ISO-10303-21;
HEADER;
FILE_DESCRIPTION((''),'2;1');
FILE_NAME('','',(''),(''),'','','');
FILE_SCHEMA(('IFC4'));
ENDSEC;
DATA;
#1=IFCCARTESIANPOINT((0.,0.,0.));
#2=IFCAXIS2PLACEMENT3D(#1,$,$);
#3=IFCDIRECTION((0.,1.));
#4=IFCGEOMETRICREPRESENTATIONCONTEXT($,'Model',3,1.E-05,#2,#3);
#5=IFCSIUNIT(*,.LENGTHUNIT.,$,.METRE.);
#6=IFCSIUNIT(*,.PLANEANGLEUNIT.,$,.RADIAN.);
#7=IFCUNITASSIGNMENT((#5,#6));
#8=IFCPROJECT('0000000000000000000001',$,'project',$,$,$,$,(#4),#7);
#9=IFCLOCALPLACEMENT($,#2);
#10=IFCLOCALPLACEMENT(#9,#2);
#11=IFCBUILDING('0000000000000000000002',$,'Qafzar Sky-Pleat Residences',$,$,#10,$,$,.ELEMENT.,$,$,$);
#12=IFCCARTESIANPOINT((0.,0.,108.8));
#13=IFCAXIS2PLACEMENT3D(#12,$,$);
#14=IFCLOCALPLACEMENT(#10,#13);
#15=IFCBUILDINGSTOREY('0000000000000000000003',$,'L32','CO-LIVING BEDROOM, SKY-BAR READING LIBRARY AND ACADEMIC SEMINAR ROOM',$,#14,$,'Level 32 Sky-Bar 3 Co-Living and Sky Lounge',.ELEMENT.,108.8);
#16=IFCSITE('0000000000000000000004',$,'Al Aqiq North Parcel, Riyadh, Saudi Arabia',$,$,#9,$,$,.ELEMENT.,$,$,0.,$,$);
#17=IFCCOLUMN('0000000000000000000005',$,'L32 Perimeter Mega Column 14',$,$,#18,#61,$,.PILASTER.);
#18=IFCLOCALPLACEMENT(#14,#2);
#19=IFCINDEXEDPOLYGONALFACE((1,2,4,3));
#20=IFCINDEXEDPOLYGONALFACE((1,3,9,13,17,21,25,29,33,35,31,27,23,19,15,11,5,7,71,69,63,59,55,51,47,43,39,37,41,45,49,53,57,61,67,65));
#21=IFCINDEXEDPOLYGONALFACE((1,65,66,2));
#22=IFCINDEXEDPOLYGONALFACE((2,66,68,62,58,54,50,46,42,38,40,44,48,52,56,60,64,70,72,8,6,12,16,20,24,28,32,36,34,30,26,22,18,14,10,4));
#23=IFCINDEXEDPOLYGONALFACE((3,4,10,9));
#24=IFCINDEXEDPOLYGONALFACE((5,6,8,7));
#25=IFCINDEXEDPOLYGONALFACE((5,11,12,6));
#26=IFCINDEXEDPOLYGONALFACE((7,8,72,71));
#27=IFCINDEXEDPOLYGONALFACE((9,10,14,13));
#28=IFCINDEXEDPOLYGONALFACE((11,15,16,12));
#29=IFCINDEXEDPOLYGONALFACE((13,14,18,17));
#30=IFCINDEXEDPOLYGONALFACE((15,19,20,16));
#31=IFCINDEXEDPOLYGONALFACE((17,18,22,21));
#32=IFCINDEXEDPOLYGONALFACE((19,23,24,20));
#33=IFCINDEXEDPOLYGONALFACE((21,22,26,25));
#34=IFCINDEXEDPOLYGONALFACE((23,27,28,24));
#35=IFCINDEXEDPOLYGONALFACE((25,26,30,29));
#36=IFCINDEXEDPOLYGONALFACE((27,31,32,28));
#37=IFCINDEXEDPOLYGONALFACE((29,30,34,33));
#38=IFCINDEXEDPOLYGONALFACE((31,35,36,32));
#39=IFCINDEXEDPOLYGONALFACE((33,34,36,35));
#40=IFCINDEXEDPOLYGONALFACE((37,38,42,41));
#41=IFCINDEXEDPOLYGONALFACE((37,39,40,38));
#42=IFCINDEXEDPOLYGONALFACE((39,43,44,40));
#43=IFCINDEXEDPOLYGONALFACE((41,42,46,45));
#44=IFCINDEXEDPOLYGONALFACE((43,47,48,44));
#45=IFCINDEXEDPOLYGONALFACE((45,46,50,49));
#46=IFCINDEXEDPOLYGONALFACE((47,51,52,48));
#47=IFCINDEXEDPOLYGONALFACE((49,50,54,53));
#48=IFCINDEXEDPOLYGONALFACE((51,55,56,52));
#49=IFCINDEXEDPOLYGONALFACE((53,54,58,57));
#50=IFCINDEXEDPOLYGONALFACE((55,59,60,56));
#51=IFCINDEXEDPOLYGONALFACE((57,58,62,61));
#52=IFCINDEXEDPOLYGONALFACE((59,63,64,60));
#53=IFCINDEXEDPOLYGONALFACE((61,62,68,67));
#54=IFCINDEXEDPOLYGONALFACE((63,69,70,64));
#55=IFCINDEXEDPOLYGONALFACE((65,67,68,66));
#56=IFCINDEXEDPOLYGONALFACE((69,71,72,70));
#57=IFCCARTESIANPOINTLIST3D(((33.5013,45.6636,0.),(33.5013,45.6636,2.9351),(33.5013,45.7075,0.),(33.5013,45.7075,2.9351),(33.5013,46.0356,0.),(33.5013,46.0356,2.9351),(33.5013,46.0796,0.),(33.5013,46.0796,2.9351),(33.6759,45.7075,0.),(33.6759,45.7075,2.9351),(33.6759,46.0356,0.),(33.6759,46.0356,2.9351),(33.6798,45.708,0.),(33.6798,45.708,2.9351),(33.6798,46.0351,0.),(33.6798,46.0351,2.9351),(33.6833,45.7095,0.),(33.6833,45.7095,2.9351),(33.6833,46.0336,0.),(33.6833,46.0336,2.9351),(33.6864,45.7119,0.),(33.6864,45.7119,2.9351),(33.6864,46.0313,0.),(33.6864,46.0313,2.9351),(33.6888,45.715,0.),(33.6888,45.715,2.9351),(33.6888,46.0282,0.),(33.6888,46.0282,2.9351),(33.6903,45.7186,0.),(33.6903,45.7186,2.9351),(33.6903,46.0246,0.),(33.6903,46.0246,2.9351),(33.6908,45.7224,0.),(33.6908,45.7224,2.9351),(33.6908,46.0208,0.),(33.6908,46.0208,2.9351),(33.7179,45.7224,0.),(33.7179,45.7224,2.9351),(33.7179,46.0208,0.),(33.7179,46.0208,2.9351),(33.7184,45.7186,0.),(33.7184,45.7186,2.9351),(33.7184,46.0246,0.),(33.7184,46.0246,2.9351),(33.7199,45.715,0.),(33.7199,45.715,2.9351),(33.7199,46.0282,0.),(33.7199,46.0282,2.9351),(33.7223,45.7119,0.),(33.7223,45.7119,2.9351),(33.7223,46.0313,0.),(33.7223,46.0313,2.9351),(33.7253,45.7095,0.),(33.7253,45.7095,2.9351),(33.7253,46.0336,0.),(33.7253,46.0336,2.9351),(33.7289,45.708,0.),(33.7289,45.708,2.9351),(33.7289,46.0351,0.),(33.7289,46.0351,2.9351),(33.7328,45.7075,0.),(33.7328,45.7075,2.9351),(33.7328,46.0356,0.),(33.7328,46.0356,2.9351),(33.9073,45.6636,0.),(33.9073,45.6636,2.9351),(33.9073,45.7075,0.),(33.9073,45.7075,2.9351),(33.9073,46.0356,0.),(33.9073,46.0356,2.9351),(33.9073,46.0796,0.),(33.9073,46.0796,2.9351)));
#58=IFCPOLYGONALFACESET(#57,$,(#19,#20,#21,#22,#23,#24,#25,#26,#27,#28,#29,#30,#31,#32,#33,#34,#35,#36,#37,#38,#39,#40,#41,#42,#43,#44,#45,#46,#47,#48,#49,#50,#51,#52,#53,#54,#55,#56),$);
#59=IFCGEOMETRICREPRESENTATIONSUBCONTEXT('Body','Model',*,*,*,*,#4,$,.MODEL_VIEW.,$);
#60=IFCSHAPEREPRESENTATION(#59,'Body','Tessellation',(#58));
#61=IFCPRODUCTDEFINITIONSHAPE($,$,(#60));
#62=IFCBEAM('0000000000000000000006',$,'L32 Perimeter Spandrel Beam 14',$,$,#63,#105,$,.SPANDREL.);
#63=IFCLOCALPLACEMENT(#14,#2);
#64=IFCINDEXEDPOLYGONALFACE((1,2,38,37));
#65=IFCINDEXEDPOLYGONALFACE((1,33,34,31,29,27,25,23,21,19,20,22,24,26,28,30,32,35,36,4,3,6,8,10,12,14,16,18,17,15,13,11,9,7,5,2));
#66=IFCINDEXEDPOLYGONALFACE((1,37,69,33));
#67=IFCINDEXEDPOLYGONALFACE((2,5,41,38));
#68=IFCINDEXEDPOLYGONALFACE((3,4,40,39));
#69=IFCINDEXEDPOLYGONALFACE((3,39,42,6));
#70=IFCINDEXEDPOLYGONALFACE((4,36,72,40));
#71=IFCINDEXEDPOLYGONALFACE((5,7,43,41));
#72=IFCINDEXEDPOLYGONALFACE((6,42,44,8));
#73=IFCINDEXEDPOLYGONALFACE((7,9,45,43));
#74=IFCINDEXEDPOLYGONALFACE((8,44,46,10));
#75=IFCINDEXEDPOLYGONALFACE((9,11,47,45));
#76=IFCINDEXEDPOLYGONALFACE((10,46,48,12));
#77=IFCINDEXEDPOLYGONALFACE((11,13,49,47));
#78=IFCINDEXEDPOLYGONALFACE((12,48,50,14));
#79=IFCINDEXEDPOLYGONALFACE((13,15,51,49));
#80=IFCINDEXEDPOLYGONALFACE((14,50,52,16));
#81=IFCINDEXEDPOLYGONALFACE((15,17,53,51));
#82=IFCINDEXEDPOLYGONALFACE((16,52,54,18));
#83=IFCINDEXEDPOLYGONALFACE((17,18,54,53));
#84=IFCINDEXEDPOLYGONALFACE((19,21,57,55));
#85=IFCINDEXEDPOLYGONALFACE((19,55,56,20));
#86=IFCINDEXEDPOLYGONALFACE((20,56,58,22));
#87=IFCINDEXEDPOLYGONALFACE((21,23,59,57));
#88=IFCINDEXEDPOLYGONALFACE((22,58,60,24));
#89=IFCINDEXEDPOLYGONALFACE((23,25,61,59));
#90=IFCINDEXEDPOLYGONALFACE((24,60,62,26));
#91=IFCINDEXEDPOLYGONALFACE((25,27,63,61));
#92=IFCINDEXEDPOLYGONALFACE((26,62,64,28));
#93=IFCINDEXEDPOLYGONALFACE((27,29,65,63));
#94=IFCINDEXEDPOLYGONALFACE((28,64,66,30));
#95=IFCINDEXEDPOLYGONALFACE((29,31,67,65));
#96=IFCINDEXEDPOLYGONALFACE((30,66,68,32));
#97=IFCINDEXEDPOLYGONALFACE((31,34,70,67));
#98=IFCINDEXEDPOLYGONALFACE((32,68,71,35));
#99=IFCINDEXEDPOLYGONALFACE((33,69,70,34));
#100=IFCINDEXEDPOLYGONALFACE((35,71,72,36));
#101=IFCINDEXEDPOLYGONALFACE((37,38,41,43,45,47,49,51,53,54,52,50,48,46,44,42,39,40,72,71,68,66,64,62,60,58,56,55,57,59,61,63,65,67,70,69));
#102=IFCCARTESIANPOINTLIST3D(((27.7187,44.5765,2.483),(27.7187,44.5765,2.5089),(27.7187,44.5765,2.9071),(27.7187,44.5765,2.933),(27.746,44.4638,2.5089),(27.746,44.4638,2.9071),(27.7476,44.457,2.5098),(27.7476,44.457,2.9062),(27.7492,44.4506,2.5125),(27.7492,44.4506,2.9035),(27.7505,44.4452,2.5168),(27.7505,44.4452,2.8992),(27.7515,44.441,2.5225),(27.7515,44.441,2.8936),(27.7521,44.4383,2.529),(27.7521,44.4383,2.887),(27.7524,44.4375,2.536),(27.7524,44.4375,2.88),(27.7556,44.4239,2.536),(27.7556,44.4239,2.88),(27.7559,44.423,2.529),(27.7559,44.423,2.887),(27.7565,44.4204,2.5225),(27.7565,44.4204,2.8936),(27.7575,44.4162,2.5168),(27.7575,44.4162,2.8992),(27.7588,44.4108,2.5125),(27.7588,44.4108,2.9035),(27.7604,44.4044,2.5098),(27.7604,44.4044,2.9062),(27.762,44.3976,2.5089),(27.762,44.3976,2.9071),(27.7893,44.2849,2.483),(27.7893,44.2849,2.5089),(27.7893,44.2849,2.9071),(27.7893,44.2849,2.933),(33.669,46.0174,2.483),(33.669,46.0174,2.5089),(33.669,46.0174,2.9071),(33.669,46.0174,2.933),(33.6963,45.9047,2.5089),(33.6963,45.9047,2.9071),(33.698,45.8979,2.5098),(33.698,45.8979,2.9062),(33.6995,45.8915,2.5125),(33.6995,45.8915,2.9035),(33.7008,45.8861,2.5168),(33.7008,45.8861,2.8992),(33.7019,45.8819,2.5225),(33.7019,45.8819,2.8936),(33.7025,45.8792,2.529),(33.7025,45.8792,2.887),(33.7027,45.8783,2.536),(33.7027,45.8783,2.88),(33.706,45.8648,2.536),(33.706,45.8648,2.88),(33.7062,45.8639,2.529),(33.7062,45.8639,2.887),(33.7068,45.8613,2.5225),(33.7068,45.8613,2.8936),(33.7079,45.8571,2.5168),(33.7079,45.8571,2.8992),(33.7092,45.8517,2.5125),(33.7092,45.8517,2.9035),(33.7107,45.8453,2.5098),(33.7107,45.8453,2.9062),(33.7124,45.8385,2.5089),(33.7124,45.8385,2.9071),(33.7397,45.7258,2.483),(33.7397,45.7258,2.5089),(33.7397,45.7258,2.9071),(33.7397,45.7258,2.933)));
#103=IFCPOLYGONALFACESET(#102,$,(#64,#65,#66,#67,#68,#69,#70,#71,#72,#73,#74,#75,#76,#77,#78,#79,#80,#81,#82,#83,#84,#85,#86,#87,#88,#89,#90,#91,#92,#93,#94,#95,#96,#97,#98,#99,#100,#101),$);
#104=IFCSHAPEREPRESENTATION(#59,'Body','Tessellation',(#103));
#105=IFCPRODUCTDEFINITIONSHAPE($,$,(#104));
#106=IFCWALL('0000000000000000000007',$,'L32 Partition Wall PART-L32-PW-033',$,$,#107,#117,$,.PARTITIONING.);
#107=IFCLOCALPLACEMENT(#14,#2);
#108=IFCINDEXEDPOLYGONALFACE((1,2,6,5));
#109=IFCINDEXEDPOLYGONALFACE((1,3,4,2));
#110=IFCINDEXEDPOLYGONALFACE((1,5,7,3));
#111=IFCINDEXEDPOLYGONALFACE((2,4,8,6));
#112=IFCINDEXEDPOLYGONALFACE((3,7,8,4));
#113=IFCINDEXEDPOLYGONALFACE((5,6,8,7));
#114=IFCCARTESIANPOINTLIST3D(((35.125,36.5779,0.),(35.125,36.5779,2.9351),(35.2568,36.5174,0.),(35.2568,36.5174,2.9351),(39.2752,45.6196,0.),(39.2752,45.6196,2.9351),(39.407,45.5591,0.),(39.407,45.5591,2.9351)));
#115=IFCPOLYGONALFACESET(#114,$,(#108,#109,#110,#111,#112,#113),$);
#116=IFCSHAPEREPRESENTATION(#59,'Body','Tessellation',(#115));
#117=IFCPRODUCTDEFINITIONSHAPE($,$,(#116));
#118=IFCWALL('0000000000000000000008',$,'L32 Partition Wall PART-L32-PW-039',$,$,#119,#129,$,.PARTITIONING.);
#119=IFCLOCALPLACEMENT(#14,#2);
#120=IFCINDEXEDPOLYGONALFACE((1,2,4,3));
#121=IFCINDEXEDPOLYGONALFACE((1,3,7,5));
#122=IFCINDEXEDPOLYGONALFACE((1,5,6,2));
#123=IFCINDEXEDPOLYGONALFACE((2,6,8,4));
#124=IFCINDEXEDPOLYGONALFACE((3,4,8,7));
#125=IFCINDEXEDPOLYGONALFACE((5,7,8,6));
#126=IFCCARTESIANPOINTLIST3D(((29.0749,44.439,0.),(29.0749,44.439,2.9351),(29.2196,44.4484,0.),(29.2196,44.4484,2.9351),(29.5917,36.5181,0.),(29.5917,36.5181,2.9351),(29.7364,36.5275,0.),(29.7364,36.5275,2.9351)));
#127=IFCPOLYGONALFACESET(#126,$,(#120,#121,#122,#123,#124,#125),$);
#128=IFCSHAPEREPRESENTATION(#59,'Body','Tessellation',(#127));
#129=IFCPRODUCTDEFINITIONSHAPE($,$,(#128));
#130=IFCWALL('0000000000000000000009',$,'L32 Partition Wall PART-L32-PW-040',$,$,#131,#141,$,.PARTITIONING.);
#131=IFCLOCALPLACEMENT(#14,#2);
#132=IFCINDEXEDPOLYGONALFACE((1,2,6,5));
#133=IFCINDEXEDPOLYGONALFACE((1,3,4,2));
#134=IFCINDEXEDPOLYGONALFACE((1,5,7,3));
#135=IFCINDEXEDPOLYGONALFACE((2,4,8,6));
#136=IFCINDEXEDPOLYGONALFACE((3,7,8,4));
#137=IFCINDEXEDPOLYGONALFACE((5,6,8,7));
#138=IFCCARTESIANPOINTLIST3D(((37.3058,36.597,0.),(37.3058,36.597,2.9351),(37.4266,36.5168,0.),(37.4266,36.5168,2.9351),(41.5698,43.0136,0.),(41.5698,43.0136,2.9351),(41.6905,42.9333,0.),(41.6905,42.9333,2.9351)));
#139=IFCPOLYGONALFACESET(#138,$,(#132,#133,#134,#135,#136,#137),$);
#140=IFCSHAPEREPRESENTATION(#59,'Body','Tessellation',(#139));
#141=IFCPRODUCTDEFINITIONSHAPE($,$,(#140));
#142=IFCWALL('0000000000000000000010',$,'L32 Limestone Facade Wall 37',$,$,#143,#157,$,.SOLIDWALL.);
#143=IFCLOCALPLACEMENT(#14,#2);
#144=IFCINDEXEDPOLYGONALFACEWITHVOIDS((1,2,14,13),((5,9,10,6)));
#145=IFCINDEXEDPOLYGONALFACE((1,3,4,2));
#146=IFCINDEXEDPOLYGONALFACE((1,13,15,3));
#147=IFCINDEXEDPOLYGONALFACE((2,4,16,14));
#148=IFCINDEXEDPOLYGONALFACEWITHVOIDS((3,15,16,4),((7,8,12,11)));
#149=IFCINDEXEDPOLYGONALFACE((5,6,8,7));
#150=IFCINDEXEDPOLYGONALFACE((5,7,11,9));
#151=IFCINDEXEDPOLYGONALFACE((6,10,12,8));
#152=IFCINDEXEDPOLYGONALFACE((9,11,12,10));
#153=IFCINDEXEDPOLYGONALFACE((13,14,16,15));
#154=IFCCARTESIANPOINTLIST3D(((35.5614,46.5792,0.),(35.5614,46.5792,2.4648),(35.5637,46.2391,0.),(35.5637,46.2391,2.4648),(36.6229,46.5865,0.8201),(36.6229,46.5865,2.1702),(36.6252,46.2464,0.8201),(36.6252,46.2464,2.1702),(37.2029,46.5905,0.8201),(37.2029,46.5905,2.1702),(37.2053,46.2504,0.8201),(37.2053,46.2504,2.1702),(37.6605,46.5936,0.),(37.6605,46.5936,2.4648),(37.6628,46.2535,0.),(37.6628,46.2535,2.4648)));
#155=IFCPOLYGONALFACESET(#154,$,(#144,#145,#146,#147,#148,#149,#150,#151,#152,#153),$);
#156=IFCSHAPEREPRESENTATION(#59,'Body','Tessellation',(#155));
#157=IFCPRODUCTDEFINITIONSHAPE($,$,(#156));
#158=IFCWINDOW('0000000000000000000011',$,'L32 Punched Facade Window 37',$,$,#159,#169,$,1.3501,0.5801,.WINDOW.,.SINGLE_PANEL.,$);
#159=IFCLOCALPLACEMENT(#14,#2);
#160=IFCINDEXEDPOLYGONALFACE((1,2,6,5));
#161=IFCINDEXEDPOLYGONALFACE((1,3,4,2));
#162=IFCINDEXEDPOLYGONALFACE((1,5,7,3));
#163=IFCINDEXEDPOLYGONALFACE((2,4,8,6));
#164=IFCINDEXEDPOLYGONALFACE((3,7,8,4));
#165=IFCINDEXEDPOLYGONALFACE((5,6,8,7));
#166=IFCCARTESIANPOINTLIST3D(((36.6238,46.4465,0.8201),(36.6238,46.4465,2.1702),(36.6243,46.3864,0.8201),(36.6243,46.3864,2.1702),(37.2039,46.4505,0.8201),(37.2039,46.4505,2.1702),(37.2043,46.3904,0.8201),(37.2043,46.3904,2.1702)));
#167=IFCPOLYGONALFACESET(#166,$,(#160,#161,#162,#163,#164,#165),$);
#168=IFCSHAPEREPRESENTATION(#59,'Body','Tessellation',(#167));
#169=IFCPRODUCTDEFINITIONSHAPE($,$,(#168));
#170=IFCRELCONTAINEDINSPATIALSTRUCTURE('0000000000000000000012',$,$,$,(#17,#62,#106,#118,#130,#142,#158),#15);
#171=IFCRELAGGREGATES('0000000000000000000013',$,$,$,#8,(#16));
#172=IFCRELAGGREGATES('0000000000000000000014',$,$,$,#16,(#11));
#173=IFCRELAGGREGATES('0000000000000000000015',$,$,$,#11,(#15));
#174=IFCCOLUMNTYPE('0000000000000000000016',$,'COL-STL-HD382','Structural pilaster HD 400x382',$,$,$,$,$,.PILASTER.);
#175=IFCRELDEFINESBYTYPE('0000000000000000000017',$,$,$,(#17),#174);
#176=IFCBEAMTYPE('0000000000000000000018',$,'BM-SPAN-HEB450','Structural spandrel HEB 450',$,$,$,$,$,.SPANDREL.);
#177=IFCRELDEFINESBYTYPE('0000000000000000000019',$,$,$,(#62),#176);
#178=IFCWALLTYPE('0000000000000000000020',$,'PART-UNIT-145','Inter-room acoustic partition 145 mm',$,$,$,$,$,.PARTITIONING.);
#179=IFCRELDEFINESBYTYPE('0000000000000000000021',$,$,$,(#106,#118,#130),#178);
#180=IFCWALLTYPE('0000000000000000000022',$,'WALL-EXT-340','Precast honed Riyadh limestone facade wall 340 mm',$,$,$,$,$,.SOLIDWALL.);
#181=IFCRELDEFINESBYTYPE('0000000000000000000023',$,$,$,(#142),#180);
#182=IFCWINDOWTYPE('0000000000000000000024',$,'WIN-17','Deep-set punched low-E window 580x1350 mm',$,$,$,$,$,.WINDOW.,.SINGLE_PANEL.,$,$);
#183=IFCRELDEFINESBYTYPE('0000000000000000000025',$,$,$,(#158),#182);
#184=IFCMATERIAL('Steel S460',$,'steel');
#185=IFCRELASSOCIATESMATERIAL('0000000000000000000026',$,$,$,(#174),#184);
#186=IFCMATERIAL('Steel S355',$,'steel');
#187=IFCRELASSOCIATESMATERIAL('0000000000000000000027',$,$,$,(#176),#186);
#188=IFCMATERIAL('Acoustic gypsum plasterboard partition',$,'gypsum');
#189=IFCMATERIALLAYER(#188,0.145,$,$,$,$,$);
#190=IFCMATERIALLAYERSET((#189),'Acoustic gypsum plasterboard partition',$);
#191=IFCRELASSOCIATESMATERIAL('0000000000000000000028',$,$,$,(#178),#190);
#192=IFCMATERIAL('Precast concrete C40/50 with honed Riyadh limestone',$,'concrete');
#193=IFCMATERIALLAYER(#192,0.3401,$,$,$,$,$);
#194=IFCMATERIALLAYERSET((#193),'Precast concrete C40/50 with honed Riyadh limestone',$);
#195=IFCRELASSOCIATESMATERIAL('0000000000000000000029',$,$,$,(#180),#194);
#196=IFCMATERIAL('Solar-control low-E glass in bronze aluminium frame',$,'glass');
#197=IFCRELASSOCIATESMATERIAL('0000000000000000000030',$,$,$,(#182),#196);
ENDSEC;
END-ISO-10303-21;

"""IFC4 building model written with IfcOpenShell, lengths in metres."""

from ifc_helpers import new_model, si_unit, direction, frame, frame_2d, origin, origin_2d, place, context, subcontext, project, spatial, rectangle, i_section, extrude, source, transform, mapped, material, layer, layer_set, material_profile, profile_set, type_object, element, fill, save


model = new_model("IFC4")

# Units and contexts
model_context = context("Model", 3, precision=1e-05, world=origin(), true_north=direction((0.0, 1.0)))
body_context = subcontext(model_context, "Body", "Model", "MODEL_VIEW")
ifc_project = project(units=[si_unit("LENGTHUNIT", "METRE"), si_unit("PLANEANGLEUNIT", "RADIAN")], contexts=[model_context])

# Site, building, storey
site_placement = place(None, origin())
site = spatial("IfcSite", under=ifc_project, at=site_placement, Name="Al Aqiq North Parcel, Riyadh, Saudi Arabia", CompositionType="ELEMENT", RefElevation=0.0)
building_placement = place(site_placement, origin())
building = spatial("IfcBuilding", under=site, at=building_placement, Name="Qafzar Sky-Pleat Residences", CompositionType="ELEMENT")
storey_placement = place(building_placement, frame((0.0, 0.0, 108.8)))
storey = spatial("IfcBuildingStorey", under=building, at=storey_placement, Name="L32", Description="CO-LIVING BEDROOM, SKY-BAR READING LIBRARY AND ACADEMIC SEMINAR ROOM", LongName="Level 32 Sky-Bar 3 Co-Living and Sky Lounge", CompositionType="ELEMENT", Elevation=108.8)

# Column
ifc_material_1 = material(Name="Steel S460", Category="steel")
ifc_material_profile_1 = material_profile(ifc_material_1, i_section(OverallWidth=0.406, OverallDepth=0.416, WebThickness=0.0271, FlangeThickness=0.0439, FilletRadius=0.0149, at=origin_2d()), Name="HD 400x382")
ifc_profile_set_1 = profile_set([ifc_material_profile_1], Name="Steel S460")
column_type = type_object("IfcColumnType", Name="COL-STL-HD382", Description="Structural pilaster HD 400x382", PredefinedType="PILASTER", material=ifc_profile_set_1)
shared_shape_1 = source(origin(), body_context, "Body", "SweptSolid", [
    extrude(i_section(OverallWidth=0.406, OverallDepth=0.416, WebThickness=0.0271, FlangeThickness=0.0439, FilletRadius=0.0149, at=origin_2d()), origin(), (0.0, 0.0, 1.0), 2.9351),
])
column_placement = place(storey_placement, frame((33.7043, 45.8716, 0.0), z_axis=(0.0, 0.0, 1.0), x_axis=(1.0, 0.0, 0.0)))
element("IfcColumn", 1, at=column_placement, inside=storey, type_object=column_type, Name="L32 Perimeter Mega Column 14", PredefinedType="PILASTER", context=body_context, shape_type="MappedRepresentation", body=[
    mapped(shared_shape_1, transform((0.0, 0.0, 0.0), x_axis=(1.0, 0.0, 0.0), y_axis=(0.0, 1.0, 0.0), z_axis=(0.0, 0.0, 1.0), scale=1.0)),
])

# Beam
ifc_material_2 = material(Name="Steel S355", Category="steel")
ifc_material_profile_2 = material_profile(ifc_material_2, i_section(OverallWidth=0.3, OverallDepth=0.45, WebThickness=0.0139, FlangeThickness=0.0259, FilletRadius=0.0271, at=origin_2d()), Name="HEB 450")
ifc_profile_set_2 = profile_set([ifc_material_profile_2], Name="Steel S355")
beam_type = type_object("IfcBeamType", Name="BM-SPAN-HEB450", Description="Structural spandrel HEB 450", PredefinedType="SPANDREL", material=ifc_profile_set_2)
shared_shape_2 = source(origin(), body_context, "Body", "SweptSolid", [
    extrude(i_section(OverallWidth=0.3, OverallDepth=0.45, WebThickness=0.0139, FlangeThickness=0.0259, FilletRadius=0.0271, at=origin_2d()), origin(), (0.0, 0.0, 1.0), 6.1223),
])
beam_placement = place(storey_placement, frame((33.7043, 45.8716, 2.708), z_axis=(-0.97191, -0.235351, 0.0), x_axis=(0.235351, -0.97191, 0.0)))
element("IfcBeam", 2, at=beam_placement, inside=storey, type_object=beam_type, Name="L32 Perimeter Spandrel Beam 14", PredefinedType="SPANDREL", context=body_context, shape_type="MappedRepresentation", body=[
    mapped(shared_shape_2, transform((0.0, 0.0, 0.0), x_axis=(1.0, 0.0, 0.0), y_axis=(0.0, 1.0, 0.0), z_axis=(0.0, 0.0, 1.0), scale=1.0)),
])

# Walls
ifc_material_3 = material(Name="Acoustic gypsum plasterboard partition", Category="gypsum")
ifc_layer_1 = layer(ifc_material_3, 0.145)
ifc_layer_set_1 = layer_set([ifc_layer_1], Name="Acoustic gypsum plasterboard partition")
wall_type_1 = type_object("IfcWallType", Name="PART-UNIT-145", Description="Inter-room acoustic partition 145 mm", PredefinedType="PARTITIONING", material=ifc_layer_set_1)
wall_1_placement = place(storey_placement, frame((35.1909, 36.5476, 0.0), z_axis=(0.0, 0.0, 1.0), x_axis=(0.417154, 0.908836, 0.0)))
element("IfcWall", 3, at=wall_1_placement, inside=storey, type_object=wall_type_1, Name="L32 Partition Wall PART-L32-PW-033", PredefinedType="PARTITIONING", context=body_context, shape_type="SweptSolid", body=[
    extrude(rectangle(XDim=9.9487, YDim=0.145, at=frame_2d((4.9744, 0.0))), origin(), (0.0, 0.0, 1.0), 2.9351),
])
wall_2_placement = place(storey_placement, frame((29.1472, 44.4436, 0.0), z_axis=(0.0, 0.0, 1.0), x_axis=(0.065112, -0.997878, 0.0)))
element("IfcWall", 4, at=wall_2_placement, inside=storey, type_object=wall_type_1, Name="L32 Partition Wall PART-L32-PW-039", PredefinedType="PARTITIONING", context=body_context, shape_type="SweptSolid", body=[
    extrude(rectangle(XDim=7.9377, YDim=0.145, at=frame_2d((3.9688, 0.0))), origin(), (0.0, 0.0, 1.0), 2.9351),
])
wall_3_placement = place(storey_placement, frame((37.3662, 36.5569, 0.0), z_axis=(0.0, 0.0, 1.0), x_axis=(0.553464, 0.832873, 0.0)))
element("IfcWall", 5, at=wall_3_placement, inside=storey, type_object=wall_type_1, Name="L32 Partition Wall PART-L32-PW-040", PredefinedType="PARTITIONING", context=body_context, shape_type="SweptSolid", body=[
    extrude(rectangle(XDim=7.7041, YDim=0.145, at=frame_2d((3.8521, 0.0))), origin(), (0.0, 0.0, 1.0), 2.9351),
])

# Wall, opening, window
ifc_material_4 = material(Name="Precast concrete C40/50 with honed Riyadh limestone", Category="concrete")
ifc_layer_2 = layer(ifc_material_4, 0.3401)
ifc_layer_set_2 = layer_set([ifc_layer_2], Name="Precast concrete C40/50 with honed Riyadh limestone")
wall_type_2 = type_object("IfcWallType", Name="WALL-EXT-340", Description="Precast honed Riyadh limestone facade wall 340 mm", PredefinedType="SOLIDWALL", material=ifc_layer_set_2)
wall_4_placement = place(storey_placement, frame((37.6616, 46.4236, 0.0), z_axis=(0.0, 0.0, 1.0), x_axis=(-0.999976, -0.006862, 0.0)))
wall_4 = element("IfcWall", 6, at=wall_4_placement, inside=storey, type_object=wall_type_2, Name="L32 Limestone Facade Wall 37", PredefinedType="SOLIDWALL", context=body_context, shape_type="SweptSolid", body=[
    extrude(rectangle(XDim=2.0991, YDim=0.3401, at=frame_2d((1.0496, 0.0))), origin(), (0.0, 0.0, 1.0), 2.4648),
])
opening_1_placement = place(wall_4_placement, frame((0.4575, 0.0, 0.8201)))
opening_1 = element("IfcOpeningElement", 7, at=opening_1_placement, cuts=wall_4, PredefinedType="OPENING", context=body_context, shape_type="SweptSolid", body=[
    extrude(rectangle(XDim=0.5801, YDim=1.3501, at=frame_2d((0.29, 0.675))), frame((0.0, 0.1802, 0.0), z_axis=(0.0, -1.0, 0.0), x_axis=(1.0, 0.0, 0.0)), (0.0, 0.0, 1.0), 0.3601),
])
ifc_material_5 = material(Name="Solar-control low-E glass in bronze aluminium frame", Category="glass")
window_type_1 = type_object("IfcWindowType", Name="WIN-17", Description="Deep-set punched low-E window 580x1350 mm", PartitioningType="SINGLE_PANEL", PredefinedType="WINDOW", material=ifc_material_5)
shared_shape_3 = source(origin(), body_context, "Body", "SweptSolid", [
    extrude(rectangle(XDim=0.5801, YDim=1.3501, at=frame_2d((0.29, 0.675))), frame((0.0, 0.03, 0.0), z_axis=(0.0, -1.0, 0.0), x_axis=(1.0, 0.0, 0.0)), (0.0, 0.0, 1.0), 0.0601),
])
window_1_placement = place(opening_1_placement, origin())
window_1 = element("IfcWindow", 8, at=window_1_placement, inside=storey, type_object=window_type_1, Name="L32 Punched Facade Window 37", OverallHeight=1.3501, OverallWidth=0.5801, PartitioningType="SINGLE_PANEL", PredefinedType="WINDOW", context=body_context, shape_type="MappedRepresentation", body=[
    mapped(shared_shape_3, transform((0.0, 0.0, 0.0), x_axis=(1.0, 0.0, 0.0), y_axis=(0.0, 1.0, 0.0), z_axis=(0.0, 0.0, 1.0), scale=1.0)),
])
fill(opening_1, window_1)

save(model, "model.ifc")
